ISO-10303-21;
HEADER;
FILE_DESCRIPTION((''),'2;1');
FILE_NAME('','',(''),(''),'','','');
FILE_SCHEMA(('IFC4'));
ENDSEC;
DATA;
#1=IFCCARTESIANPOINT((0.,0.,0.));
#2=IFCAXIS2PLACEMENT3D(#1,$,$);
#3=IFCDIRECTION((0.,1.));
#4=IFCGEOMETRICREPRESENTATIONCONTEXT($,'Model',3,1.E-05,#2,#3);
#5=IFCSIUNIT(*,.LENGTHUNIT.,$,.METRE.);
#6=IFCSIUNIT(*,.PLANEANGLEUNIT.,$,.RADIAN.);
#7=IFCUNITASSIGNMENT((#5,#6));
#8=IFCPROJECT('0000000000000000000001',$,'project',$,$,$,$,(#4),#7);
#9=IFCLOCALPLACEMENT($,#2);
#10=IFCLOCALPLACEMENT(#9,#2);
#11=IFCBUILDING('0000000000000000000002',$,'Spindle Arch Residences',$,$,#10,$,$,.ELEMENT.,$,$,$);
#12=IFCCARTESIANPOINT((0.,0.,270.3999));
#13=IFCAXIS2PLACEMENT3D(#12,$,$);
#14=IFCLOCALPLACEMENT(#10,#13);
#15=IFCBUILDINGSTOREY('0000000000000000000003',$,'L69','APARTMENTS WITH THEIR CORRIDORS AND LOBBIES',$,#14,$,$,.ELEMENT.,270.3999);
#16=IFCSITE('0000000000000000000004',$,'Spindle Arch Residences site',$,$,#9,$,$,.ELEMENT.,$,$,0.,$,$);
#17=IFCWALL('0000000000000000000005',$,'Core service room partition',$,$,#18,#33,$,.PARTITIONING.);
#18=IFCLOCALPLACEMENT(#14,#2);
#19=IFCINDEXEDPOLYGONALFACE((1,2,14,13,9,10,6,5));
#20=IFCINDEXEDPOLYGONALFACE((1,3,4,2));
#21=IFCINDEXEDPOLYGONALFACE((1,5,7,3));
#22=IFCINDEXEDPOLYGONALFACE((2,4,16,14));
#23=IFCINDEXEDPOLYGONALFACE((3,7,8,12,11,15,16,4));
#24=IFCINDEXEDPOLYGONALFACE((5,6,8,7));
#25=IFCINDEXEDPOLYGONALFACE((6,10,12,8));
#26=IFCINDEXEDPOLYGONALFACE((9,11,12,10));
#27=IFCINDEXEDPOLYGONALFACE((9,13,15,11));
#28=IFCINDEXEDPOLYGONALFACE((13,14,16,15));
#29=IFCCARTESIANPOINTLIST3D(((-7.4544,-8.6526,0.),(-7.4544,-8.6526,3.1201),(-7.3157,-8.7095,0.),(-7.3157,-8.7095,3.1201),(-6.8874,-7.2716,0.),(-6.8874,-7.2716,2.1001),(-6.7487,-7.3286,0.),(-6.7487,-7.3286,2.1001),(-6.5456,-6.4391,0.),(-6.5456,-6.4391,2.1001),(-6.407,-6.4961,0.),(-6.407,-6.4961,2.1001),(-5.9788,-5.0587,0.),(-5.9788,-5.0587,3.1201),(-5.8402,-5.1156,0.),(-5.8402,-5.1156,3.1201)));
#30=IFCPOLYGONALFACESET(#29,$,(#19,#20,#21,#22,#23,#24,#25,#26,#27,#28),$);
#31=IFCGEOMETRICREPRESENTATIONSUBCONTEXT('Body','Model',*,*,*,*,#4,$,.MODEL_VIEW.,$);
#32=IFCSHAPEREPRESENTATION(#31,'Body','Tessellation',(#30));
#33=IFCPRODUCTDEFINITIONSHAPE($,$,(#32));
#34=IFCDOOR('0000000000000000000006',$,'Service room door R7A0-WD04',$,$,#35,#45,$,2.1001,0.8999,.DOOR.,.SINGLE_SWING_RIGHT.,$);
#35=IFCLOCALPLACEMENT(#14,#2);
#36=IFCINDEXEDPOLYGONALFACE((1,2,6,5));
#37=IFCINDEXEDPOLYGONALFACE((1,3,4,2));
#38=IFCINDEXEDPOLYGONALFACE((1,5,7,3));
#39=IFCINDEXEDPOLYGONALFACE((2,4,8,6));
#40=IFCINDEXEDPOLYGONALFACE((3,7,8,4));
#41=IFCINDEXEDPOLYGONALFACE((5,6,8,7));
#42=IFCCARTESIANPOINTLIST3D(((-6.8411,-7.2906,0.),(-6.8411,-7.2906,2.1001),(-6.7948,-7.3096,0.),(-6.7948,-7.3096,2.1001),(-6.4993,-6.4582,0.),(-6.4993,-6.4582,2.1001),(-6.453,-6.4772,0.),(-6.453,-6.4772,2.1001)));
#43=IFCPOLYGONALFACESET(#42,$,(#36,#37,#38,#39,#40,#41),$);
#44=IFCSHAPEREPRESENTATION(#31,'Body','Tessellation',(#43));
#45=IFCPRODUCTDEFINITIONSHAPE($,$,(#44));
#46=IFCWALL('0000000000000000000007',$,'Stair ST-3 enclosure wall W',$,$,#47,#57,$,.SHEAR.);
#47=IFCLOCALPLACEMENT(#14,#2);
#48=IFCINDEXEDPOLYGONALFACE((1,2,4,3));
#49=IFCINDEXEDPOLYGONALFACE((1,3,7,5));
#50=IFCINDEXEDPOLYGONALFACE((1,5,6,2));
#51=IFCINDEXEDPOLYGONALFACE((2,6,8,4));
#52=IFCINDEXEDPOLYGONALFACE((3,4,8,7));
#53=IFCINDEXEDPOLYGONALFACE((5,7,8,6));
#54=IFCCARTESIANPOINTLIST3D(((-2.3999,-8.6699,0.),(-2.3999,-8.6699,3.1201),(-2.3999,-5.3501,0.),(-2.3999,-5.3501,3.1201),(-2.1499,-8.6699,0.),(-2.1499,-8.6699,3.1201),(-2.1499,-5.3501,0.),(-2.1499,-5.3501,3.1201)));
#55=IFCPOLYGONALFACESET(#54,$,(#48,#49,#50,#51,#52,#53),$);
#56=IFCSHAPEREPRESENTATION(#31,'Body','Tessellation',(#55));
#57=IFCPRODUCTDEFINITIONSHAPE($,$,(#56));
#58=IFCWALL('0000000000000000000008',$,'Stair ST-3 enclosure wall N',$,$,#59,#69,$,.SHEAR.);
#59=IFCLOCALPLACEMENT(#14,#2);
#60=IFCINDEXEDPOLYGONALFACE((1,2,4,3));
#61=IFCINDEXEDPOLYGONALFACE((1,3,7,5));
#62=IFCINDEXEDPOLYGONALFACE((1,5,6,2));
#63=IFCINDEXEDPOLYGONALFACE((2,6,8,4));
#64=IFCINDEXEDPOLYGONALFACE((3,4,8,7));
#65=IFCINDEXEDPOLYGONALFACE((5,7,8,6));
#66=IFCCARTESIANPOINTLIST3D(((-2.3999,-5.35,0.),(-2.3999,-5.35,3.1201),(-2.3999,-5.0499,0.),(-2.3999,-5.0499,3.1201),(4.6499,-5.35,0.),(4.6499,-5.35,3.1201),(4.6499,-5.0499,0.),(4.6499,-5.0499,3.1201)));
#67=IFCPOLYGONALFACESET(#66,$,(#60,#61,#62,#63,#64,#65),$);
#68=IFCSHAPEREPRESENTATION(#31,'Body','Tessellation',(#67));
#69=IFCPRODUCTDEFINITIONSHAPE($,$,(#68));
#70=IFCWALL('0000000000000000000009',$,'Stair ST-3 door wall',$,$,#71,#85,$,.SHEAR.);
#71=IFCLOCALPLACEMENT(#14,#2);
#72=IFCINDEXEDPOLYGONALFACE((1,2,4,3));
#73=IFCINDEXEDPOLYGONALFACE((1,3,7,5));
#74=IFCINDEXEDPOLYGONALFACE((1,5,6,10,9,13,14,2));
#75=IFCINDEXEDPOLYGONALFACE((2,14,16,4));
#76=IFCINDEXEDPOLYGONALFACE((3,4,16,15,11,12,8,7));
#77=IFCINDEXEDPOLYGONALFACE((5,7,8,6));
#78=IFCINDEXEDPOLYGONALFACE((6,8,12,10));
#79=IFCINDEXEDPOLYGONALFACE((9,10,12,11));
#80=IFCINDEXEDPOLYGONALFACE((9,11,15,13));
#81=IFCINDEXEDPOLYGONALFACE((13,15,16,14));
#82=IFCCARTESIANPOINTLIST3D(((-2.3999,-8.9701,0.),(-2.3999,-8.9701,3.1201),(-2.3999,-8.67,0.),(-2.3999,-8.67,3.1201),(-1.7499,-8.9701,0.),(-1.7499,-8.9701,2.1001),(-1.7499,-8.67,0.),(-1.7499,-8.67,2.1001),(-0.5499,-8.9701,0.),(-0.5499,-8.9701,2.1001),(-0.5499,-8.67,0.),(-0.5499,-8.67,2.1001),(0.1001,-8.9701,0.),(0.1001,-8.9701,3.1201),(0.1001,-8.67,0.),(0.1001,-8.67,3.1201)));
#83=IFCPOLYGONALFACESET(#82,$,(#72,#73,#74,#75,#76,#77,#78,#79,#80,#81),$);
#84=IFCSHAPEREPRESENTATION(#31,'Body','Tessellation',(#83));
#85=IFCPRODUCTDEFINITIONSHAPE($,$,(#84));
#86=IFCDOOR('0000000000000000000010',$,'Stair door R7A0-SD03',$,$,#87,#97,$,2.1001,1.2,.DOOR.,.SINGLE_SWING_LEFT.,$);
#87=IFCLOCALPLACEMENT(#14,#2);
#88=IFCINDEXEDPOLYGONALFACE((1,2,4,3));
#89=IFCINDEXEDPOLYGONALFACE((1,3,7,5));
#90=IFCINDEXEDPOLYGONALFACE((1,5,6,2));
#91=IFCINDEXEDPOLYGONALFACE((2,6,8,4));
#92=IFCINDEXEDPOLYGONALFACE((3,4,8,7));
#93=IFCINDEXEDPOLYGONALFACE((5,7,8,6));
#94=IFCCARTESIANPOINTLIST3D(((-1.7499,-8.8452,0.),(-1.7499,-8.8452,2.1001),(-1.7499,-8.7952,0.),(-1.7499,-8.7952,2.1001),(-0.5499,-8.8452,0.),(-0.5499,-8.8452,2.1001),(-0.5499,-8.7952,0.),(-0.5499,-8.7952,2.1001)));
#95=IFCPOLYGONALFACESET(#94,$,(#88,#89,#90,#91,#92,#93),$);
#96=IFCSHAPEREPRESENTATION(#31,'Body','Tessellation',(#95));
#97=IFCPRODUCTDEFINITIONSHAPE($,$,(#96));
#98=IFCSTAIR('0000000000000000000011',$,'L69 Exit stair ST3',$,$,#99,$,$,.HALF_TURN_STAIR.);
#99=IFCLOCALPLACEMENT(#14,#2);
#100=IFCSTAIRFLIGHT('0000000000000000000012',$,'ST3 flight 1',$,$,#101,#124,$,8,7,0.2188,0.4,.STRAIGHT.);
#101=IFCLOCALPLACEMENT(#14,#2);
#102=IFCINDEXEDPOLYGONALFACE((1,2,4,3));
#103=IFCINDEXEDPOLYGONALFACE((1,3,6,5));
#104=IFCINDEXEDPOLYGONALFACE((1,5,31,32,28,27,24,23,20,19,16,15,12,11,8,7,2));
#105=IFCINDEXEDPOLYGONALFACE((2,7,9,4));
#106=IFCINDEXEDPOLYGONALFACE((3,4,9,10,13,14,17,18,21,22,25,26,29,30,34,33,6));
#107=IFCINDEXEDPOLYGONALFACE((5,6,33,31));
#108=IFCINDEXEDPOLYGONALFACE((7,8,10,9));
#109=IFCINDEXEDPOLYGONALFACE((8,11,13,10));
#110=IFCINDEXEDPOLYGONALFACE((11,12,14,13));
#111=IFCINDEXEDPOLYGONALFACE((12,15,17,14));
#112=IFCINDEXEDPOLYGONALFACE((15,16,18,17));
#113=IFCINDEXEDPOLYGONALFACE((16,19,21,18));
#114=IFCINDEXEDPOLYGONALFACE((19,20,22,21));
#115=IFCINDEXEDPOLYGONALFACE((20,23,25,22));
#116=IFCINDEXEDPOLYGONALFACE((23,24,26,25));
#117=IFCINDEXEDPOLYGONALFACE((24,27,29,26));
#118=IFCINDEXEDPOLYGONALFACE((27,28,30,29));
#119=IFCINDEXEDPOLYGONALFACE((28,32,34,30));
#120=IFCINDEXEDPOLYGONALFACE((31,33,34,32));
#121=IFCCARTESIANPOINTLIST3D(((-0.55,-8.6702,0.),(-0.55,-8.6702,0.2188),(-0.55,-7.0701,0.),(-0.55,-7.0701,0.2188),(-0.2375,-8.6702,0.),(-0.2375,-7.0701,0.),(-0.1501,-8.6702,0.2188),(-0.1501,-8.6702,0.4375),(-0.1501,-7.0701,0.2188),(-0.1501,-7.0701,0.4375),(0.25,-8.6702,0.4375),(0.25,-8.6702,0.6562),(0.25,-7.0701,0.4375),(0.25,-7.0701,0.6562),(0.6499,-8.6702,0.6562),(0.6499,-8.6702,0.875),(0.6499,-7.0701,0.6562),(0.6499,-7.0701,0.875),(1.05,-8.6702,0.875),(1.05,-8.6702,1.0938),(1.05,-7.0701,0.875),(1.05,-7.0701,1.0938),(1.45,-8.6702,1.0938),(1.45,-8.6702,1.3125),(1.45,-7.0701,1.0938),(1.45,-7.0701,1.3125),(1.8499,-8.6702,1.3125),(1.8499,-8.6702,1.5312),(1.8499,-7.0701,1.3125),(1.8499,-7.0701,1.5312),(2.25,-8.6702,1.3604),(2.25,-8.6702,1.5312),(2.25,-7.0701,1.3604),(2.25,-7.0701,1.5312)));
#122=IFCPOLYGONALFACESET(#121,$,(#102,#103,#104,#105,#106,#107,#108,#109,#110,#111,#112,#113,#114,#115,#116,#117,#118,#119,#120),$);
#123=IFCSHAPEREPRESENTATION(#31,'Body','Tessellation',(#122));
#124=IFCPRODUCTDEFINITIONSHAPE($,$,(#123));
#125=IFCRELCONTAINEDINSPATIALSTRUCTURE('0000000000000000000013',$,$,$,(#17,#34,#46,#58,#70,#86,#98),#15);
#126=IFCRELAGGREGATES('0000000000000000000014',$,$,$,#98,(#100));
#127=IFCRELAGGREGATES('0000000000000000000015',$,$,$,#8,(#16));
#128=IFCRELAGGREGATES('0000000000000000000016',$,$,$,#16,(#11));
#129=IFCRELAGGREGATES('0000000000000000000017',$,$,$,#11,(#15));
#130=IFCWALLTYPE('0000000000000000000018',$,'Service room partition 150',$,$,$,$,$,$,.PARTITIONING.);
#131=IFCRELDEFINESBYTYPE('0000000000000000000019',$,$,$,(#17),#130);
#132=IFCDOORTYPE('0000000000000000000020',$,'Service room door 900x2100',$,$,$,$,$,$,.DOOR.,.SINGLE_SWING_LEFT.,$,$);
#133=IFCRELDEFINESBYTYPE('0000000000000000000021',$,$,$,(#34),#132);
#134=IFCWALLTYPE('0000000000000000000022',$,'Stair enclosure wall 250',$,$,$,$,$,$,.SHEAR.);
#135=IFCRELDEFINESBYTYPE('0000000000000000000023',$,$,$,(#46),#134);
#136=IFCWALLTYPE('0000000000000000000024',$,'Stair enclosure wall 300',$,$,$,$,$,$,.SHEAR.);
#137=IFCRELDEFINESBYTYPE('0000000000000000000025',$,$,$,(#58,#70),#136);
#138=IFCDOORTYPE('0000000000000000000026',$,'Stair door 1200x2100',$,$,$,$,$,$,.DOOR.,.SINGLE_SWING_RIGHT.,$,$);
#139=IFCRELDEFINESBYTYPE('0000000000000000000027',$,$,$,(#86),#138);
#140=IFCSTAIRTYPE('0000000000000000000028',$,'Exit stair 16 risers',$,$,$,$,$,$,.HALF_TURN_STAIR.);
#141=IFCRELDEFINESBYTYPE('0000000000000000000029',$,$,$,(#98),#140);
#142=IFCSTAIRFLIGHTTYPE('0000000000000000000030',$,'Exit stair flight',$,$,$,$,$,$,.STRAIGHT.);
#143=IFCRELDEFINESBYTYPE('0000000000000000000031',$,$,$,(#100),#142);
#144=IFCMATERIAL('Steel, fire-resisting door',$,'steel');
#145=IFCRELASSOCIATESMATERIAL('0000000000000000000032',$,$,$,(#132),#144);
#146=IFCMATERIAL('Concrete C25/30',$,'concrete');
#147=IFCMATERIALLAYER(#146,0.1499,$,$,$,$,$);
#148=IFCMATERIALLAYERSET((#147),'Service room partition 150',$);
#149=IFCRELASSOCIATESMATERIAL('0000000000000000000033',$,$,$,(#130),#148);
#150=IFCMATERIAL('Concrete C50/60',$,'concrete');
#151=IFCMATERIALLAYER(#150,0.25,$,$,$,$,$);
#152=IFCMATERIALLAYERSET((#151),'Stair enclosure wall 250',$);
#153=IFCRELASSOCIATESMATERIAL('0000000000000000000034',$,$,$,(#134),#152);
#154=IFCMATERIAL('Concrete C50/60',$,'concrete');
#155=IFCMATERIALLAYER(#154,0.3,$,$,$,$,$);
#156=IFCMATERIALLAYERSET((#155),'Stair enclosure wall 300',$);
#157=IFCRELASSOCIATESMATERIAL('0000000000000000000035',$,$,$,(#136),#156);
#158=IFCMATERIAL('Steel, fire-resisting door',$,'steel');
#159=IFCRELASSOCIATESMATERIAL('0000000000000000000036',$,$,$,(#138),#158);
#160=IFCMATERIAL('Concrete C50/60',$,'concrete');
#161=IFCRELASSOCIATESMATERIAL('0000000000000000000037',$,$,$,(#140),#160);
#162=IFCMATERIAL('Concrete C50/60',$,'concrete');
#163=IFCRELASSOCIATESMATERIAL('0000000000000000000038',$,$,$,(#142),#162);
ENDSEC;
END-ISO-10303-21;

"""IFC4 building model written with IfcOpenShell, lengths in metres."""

from ifc_helpers import new_model, si_unit, direction, frame, frame_2d, origin, place, context, subcontext, project, spatial, polyline, rectangle, outline, extrude, material, layer, layer_set, type_object, element, fill, aggregate, save


model = new_model("IFC4")

# Units and contexts
model_context = context("Model", 3, precision=1e-05, world=origin(), true_north=direction((0.0, 1.0)))
body_context = subcontext(model_context, "Body", "Model", "MODEL_VIEW")
ifc_project = project(units=[si_unit("LENGTHUNIT", "METRE"), si_unit("PLANEANGLEUNIT", "RADIAN")], contexts=[model_context])

# Site, building, storey
site_placement = place(None, origin())
site = spatial("IfcSite", under=ifc_project, at=site_placement, Name="Spindle Arch Residences site", CompositionType="ELEMENT", RefElevation=0.0)
building_placement = place(site_placement, origin())
building = spatial("IfcBuilding", under=site, at=building_placement, Name="Spindle Arch Residences", CompositionType="ELEMENT")
storey_placement = place(building_placement, frame((0.0, 0.0, 270.3999)))
storey = spatial("IfcBuildingStorey", under=building, at=storey_placement, Name="L69", Description="APARTMENTS WITH THEIR CORRIDORS AND LOBBIES", CompositionType="ELEMENT", Elevation=270.3999)

# Shared definitions
ifc_material_1 = material(Name="Steel, fire-resisting door", Category="steel")
door_type_1 = type_object("IfcDoorType", Name="Service room door 900x2100", OperationType="SINGLE_SWING_LEFT", PredefinedType="DOOR", material=ifc_material_1)

# Wall, opening, door
ifc_material_2 = material(Name="Concrete C25/30", Category="concrete")
ifc_layer_1 = layer(ifc_material_2, 0.1499)
ifc_layer_set_1 = layer_set([ifc_layer_1], Name="Service room partition 150")
wall_type_1 = type_object("IfcWallType", Name="Service room partition 150", PredefinedType="PARTITIONING", material=ifc_layer_set_1)
wall_1_placement = place(storey_placement, frame((-7.385, -8.6809, 0.0), z_axis=(0.0, 0.0, 1.0), x_axis=(0.379805, 0.925067, 0.0)))
wall_1 = element("IfcWall", 1, at=wall_1_placement, inside=storey, type_object=wall_type_1, Name="Core service room partition", PredefinedType="PARTITIONING", context=body_context, shape_type="SweptSolid", body=[
    extrude(rectangle(XDim=3.885, YDim=0.1499, at=frame_2d((1.9424, 0.0))), origin(), (0.0, 0.0, 1.0), 3.1201),
])
opening_1_placement = place(wall_1_placement, frame((1.4927, 0.0, 0.0)))
opening_1 = element("IfcOpeningElement", 2, at=opening_1_placement, cuts=wall_1, PredefinedType="OPENING", context=body_context, shape_type="SweptSolid", body=[
    extrude(rectangle(XDim=0.8999, YDim=2.1001, at=frame_2d((0.45, 1.05))), frame((0.0, 0.085, 0.0), z_axis=(0.0, -1.0, 0.0), x_axis=(1.0, 0.0, 0.0)), (0.0, 0.0, 1.0), 0.1699),
])
door_1_placement = place(opening_1_placement, origin())
door_1 = element("IfcDoor", 3, at=door_1_placement, inside=storey, type_object=door_type_1, Name="Service room door R7A0-WD04", OperationType="SINGLE_SWING_RIGHT", OverallHeight=2.1001, OverallWidth=0.8999, PredefinedType="DOOR", context=body_context, shape_type="SweptSolid", body=[
    extrude(rectangle(XDim=0.8999, YDim=2.1001, at=frame_2d((0.45, 1.05))), frame((0.0, 0.0249, 0.0), z_axis=(0.0, -1.0, 0.0), x_axis=(1.0, 0.0, 0.0)), (0.0, 0.0, 1.0), 0.05),
])
fill(opening_1, door_1)

# Walls
ifc_material_3 = material(Name="Concrete C50/60", Category="concrete")
ifc_layer_2 = layer(ifc_material_3, 0.25)
ifc_layer_set_2 = layer_set([ifc_layer_2], Name="Stair enclosure wall 250")
wall_type_2 = type_object("IfcWallType", Name="Stair enclosure wall 250", PredefinedType="SHEAR", material=ifc_layer_set_2)
wall_2_placement = place(storey_placement, frame((-2.2749, -8.6699, 0.0), z_axis=(0.0, 0.0, 1.0), x_axis=(0.0, 1.0, 0.0)))
element("IfcWall", 4, at=wall_2_placement, inside=storey, type_object=wall_type_2, Name="Stair ST-3 enclosure wall W", PredefinedType="SHEAR", context=body_context, shape_type="SweptSolid", body=[
    extrude(rectangle(XDim=3.3198, YDim=0.25, at=frame_2d((1.6599, 0.0))), origin(), (0.0, 0.0, 1.0), 3.1201),
])
ifc_material_4 = material(Name="Concrete C50/60", Category="concrete")
ifc_layer_3 = layer(ifc_material_4, 0.3)
ifc_layer_set_3 = layer_set([ifc_layer_3], Name="Stair enclosure wall 300")
wall_type_3 = type_object("IfcWallType", Name="Stair enclosure wall 300", PredefinedType="SHEAR", material=ifc_layer_set_3)
wall_3_placement = place(storey_placement, frame((-2.3999, -5.2, 0.0), z_axis=(0.0, 0.0, 1.0), x_axis=(1.0, 0.0, 0.0)))
element("IfcWall", 5, at=wall_3_placement, inside=storey, type_object=wall_type_3, Name="Stair ST-3 enclosure wall N", PredefinedType="SHEAR", context=body_context, shape_type="SweptSolid", body=[
    extrude(rectangle(XDim=7.0498, YDim=0.3, at=frame_2d((3.5249, 0.0))), origin(), (0.0, 0.0, 1.0), 3.1201),
])

# Wall, opening, door
wall_4_placement = place(storey_placement, frame((-2.3999, -8.8201, 0.0), z_axis=(0.0, 0.0, 1.0), x_axis=(1.0, 0.0, 0.0)))
wall_4 = element("IfcWall", 6, at=wall_4_placement, inside=storey, type_object=wall_type_3, Name="Stair ST-3 door wall", PredefinedType="SHEAR", context=body_context, shape_type="SweptSolid", body=[
    extrude(rectangle(XDim=2.5, YDim=0.3, at=frame_2d((1.25, 0.0))), origin(), (0.0, 0.0, 1.0), 3.1201),
])
opening_2_placement = place(wall_4_placement, frame((0.6499, 0.0, 0.0)))
opening_2 = element("IfcOpeningElement", 7, at=opening_2_placement, cuts=wall_4, PredefinedType="OPENING", context=body_context, shape_type="SweptSolid", body=[
    extrude(rectangle(XDim=1.2, YDim=2.1001, at=frame_2d((0.6001, 1.05))), frame((0.0, 0.1602, 0.0), z_axis=(0.0, -1.0, 0.0), x_axis=(1.0, 0.0, 0.0)), (0.0, 0.0, 1.0), 0.3201),
])
ifc_material_5 = material(Name="Steel, fire-resisting door", Category="steel")
door_type_2 = type_object("IfcDoorType", Name="Stair door 1200x2100", OperationType="SINGLE_SWING_RIGHT", PredefinedType="DOOR", material=ifc_material_5)
door_2_placement = place(opening_2_placement, origin())
door_2 = element("IfcDoor", 8, at=door_2_placement, inside=storey, type_object=door_type_2, Name="Stair door R7A0-SD03", OperationType="SINGLE_SWING_LEFT", OverallHeight=2.1001, OverallWidth=1.2, PredefinedType="DOOR", context=body_context, shape_type="SweptSolid", body=[
    extrude(rectangle(XDim=1.2, YDim=2.1001, at=frame_2d((0.6001, 1.05))), frame((0.0, 0.0249, 0.0), z_axis=(0.0, -1.0, 0.0), x_axis=(1.0, 0.0, 0.0)), (0.0, 0.0, 1.0), 0.05),
])
fill(opening_2, door_2)

# Stair, stair flight
ifc_material_6 = material(Name="Concrete C50/60", Category="concrete")
stair_type = type_object("IfcStairType", Name="Exit stair 16 risers", PredefinedType="HALF_TURN_STAIR", material=ifc_material_6)
stair_placement = place(storey_placement, origin())
stair = element("IfcStair", 9, at=stair_placement, inside=storey, type_object=stair_type, Name="L69 Exit stair ST3", PredefinedType="HALF_TURN_STAIR")
ifc_material_7 = material(Name="Concrete C50/60", Category="concrete")
stair_flight_type = type_object("IfcStairFlightType", Name="Exit stair flight", PredefinedType="STRAIGHT", material=ifc_material_7)
stair_flight_placement = place(storey_placement, frame((-0.55, -7.8701, 0.0), z_axis=(0.0, 0.0, 1.0), x_axis=(1.0, 0.0, 0.0)))
stair_flight = element("IfcStairFlight", 10, at=stair_flight_placement, type_object=stair_flight_type, Name="ST3 flight 1", NumberOfRisers=8, NumberOfTreads=7, PredefinedType="STRAIGHT", RiserHeight=0.2188, TreadLength=0.4, context=body_context, shape_type="SweptSolid", body=[
    extrude(outline(polyline([(0.0, 0.0), (0.0, 0.2188), (0.3999, 0.2188), (0.3999, 0.4375), (0.8, 0.4375), (0.8, 0.6562), (1.2, 0.6562), (1.2, 0.875), (1.6001, 0.875), (1.6001, 1.0938), (2.0, 1.0938), (2.0, 1.3125), (2.3999, 1.3125), (2.3999, 1.5312), (2.8, 1.5312), (2.8, 1.75), (2.8, 1.3604), (0.3125, 0.0), (0.0, 0.0)])), frame((0.0, 0.8, 0.0), z_axis=(0.0, -1.0, 0.0), x_axis=(1.0, 0.0, 0.0)), (0.0, 0.0, 1.0), 1.6001),
])
aggregate(stair, [stair_flight])

save(model, "model.ifc")
